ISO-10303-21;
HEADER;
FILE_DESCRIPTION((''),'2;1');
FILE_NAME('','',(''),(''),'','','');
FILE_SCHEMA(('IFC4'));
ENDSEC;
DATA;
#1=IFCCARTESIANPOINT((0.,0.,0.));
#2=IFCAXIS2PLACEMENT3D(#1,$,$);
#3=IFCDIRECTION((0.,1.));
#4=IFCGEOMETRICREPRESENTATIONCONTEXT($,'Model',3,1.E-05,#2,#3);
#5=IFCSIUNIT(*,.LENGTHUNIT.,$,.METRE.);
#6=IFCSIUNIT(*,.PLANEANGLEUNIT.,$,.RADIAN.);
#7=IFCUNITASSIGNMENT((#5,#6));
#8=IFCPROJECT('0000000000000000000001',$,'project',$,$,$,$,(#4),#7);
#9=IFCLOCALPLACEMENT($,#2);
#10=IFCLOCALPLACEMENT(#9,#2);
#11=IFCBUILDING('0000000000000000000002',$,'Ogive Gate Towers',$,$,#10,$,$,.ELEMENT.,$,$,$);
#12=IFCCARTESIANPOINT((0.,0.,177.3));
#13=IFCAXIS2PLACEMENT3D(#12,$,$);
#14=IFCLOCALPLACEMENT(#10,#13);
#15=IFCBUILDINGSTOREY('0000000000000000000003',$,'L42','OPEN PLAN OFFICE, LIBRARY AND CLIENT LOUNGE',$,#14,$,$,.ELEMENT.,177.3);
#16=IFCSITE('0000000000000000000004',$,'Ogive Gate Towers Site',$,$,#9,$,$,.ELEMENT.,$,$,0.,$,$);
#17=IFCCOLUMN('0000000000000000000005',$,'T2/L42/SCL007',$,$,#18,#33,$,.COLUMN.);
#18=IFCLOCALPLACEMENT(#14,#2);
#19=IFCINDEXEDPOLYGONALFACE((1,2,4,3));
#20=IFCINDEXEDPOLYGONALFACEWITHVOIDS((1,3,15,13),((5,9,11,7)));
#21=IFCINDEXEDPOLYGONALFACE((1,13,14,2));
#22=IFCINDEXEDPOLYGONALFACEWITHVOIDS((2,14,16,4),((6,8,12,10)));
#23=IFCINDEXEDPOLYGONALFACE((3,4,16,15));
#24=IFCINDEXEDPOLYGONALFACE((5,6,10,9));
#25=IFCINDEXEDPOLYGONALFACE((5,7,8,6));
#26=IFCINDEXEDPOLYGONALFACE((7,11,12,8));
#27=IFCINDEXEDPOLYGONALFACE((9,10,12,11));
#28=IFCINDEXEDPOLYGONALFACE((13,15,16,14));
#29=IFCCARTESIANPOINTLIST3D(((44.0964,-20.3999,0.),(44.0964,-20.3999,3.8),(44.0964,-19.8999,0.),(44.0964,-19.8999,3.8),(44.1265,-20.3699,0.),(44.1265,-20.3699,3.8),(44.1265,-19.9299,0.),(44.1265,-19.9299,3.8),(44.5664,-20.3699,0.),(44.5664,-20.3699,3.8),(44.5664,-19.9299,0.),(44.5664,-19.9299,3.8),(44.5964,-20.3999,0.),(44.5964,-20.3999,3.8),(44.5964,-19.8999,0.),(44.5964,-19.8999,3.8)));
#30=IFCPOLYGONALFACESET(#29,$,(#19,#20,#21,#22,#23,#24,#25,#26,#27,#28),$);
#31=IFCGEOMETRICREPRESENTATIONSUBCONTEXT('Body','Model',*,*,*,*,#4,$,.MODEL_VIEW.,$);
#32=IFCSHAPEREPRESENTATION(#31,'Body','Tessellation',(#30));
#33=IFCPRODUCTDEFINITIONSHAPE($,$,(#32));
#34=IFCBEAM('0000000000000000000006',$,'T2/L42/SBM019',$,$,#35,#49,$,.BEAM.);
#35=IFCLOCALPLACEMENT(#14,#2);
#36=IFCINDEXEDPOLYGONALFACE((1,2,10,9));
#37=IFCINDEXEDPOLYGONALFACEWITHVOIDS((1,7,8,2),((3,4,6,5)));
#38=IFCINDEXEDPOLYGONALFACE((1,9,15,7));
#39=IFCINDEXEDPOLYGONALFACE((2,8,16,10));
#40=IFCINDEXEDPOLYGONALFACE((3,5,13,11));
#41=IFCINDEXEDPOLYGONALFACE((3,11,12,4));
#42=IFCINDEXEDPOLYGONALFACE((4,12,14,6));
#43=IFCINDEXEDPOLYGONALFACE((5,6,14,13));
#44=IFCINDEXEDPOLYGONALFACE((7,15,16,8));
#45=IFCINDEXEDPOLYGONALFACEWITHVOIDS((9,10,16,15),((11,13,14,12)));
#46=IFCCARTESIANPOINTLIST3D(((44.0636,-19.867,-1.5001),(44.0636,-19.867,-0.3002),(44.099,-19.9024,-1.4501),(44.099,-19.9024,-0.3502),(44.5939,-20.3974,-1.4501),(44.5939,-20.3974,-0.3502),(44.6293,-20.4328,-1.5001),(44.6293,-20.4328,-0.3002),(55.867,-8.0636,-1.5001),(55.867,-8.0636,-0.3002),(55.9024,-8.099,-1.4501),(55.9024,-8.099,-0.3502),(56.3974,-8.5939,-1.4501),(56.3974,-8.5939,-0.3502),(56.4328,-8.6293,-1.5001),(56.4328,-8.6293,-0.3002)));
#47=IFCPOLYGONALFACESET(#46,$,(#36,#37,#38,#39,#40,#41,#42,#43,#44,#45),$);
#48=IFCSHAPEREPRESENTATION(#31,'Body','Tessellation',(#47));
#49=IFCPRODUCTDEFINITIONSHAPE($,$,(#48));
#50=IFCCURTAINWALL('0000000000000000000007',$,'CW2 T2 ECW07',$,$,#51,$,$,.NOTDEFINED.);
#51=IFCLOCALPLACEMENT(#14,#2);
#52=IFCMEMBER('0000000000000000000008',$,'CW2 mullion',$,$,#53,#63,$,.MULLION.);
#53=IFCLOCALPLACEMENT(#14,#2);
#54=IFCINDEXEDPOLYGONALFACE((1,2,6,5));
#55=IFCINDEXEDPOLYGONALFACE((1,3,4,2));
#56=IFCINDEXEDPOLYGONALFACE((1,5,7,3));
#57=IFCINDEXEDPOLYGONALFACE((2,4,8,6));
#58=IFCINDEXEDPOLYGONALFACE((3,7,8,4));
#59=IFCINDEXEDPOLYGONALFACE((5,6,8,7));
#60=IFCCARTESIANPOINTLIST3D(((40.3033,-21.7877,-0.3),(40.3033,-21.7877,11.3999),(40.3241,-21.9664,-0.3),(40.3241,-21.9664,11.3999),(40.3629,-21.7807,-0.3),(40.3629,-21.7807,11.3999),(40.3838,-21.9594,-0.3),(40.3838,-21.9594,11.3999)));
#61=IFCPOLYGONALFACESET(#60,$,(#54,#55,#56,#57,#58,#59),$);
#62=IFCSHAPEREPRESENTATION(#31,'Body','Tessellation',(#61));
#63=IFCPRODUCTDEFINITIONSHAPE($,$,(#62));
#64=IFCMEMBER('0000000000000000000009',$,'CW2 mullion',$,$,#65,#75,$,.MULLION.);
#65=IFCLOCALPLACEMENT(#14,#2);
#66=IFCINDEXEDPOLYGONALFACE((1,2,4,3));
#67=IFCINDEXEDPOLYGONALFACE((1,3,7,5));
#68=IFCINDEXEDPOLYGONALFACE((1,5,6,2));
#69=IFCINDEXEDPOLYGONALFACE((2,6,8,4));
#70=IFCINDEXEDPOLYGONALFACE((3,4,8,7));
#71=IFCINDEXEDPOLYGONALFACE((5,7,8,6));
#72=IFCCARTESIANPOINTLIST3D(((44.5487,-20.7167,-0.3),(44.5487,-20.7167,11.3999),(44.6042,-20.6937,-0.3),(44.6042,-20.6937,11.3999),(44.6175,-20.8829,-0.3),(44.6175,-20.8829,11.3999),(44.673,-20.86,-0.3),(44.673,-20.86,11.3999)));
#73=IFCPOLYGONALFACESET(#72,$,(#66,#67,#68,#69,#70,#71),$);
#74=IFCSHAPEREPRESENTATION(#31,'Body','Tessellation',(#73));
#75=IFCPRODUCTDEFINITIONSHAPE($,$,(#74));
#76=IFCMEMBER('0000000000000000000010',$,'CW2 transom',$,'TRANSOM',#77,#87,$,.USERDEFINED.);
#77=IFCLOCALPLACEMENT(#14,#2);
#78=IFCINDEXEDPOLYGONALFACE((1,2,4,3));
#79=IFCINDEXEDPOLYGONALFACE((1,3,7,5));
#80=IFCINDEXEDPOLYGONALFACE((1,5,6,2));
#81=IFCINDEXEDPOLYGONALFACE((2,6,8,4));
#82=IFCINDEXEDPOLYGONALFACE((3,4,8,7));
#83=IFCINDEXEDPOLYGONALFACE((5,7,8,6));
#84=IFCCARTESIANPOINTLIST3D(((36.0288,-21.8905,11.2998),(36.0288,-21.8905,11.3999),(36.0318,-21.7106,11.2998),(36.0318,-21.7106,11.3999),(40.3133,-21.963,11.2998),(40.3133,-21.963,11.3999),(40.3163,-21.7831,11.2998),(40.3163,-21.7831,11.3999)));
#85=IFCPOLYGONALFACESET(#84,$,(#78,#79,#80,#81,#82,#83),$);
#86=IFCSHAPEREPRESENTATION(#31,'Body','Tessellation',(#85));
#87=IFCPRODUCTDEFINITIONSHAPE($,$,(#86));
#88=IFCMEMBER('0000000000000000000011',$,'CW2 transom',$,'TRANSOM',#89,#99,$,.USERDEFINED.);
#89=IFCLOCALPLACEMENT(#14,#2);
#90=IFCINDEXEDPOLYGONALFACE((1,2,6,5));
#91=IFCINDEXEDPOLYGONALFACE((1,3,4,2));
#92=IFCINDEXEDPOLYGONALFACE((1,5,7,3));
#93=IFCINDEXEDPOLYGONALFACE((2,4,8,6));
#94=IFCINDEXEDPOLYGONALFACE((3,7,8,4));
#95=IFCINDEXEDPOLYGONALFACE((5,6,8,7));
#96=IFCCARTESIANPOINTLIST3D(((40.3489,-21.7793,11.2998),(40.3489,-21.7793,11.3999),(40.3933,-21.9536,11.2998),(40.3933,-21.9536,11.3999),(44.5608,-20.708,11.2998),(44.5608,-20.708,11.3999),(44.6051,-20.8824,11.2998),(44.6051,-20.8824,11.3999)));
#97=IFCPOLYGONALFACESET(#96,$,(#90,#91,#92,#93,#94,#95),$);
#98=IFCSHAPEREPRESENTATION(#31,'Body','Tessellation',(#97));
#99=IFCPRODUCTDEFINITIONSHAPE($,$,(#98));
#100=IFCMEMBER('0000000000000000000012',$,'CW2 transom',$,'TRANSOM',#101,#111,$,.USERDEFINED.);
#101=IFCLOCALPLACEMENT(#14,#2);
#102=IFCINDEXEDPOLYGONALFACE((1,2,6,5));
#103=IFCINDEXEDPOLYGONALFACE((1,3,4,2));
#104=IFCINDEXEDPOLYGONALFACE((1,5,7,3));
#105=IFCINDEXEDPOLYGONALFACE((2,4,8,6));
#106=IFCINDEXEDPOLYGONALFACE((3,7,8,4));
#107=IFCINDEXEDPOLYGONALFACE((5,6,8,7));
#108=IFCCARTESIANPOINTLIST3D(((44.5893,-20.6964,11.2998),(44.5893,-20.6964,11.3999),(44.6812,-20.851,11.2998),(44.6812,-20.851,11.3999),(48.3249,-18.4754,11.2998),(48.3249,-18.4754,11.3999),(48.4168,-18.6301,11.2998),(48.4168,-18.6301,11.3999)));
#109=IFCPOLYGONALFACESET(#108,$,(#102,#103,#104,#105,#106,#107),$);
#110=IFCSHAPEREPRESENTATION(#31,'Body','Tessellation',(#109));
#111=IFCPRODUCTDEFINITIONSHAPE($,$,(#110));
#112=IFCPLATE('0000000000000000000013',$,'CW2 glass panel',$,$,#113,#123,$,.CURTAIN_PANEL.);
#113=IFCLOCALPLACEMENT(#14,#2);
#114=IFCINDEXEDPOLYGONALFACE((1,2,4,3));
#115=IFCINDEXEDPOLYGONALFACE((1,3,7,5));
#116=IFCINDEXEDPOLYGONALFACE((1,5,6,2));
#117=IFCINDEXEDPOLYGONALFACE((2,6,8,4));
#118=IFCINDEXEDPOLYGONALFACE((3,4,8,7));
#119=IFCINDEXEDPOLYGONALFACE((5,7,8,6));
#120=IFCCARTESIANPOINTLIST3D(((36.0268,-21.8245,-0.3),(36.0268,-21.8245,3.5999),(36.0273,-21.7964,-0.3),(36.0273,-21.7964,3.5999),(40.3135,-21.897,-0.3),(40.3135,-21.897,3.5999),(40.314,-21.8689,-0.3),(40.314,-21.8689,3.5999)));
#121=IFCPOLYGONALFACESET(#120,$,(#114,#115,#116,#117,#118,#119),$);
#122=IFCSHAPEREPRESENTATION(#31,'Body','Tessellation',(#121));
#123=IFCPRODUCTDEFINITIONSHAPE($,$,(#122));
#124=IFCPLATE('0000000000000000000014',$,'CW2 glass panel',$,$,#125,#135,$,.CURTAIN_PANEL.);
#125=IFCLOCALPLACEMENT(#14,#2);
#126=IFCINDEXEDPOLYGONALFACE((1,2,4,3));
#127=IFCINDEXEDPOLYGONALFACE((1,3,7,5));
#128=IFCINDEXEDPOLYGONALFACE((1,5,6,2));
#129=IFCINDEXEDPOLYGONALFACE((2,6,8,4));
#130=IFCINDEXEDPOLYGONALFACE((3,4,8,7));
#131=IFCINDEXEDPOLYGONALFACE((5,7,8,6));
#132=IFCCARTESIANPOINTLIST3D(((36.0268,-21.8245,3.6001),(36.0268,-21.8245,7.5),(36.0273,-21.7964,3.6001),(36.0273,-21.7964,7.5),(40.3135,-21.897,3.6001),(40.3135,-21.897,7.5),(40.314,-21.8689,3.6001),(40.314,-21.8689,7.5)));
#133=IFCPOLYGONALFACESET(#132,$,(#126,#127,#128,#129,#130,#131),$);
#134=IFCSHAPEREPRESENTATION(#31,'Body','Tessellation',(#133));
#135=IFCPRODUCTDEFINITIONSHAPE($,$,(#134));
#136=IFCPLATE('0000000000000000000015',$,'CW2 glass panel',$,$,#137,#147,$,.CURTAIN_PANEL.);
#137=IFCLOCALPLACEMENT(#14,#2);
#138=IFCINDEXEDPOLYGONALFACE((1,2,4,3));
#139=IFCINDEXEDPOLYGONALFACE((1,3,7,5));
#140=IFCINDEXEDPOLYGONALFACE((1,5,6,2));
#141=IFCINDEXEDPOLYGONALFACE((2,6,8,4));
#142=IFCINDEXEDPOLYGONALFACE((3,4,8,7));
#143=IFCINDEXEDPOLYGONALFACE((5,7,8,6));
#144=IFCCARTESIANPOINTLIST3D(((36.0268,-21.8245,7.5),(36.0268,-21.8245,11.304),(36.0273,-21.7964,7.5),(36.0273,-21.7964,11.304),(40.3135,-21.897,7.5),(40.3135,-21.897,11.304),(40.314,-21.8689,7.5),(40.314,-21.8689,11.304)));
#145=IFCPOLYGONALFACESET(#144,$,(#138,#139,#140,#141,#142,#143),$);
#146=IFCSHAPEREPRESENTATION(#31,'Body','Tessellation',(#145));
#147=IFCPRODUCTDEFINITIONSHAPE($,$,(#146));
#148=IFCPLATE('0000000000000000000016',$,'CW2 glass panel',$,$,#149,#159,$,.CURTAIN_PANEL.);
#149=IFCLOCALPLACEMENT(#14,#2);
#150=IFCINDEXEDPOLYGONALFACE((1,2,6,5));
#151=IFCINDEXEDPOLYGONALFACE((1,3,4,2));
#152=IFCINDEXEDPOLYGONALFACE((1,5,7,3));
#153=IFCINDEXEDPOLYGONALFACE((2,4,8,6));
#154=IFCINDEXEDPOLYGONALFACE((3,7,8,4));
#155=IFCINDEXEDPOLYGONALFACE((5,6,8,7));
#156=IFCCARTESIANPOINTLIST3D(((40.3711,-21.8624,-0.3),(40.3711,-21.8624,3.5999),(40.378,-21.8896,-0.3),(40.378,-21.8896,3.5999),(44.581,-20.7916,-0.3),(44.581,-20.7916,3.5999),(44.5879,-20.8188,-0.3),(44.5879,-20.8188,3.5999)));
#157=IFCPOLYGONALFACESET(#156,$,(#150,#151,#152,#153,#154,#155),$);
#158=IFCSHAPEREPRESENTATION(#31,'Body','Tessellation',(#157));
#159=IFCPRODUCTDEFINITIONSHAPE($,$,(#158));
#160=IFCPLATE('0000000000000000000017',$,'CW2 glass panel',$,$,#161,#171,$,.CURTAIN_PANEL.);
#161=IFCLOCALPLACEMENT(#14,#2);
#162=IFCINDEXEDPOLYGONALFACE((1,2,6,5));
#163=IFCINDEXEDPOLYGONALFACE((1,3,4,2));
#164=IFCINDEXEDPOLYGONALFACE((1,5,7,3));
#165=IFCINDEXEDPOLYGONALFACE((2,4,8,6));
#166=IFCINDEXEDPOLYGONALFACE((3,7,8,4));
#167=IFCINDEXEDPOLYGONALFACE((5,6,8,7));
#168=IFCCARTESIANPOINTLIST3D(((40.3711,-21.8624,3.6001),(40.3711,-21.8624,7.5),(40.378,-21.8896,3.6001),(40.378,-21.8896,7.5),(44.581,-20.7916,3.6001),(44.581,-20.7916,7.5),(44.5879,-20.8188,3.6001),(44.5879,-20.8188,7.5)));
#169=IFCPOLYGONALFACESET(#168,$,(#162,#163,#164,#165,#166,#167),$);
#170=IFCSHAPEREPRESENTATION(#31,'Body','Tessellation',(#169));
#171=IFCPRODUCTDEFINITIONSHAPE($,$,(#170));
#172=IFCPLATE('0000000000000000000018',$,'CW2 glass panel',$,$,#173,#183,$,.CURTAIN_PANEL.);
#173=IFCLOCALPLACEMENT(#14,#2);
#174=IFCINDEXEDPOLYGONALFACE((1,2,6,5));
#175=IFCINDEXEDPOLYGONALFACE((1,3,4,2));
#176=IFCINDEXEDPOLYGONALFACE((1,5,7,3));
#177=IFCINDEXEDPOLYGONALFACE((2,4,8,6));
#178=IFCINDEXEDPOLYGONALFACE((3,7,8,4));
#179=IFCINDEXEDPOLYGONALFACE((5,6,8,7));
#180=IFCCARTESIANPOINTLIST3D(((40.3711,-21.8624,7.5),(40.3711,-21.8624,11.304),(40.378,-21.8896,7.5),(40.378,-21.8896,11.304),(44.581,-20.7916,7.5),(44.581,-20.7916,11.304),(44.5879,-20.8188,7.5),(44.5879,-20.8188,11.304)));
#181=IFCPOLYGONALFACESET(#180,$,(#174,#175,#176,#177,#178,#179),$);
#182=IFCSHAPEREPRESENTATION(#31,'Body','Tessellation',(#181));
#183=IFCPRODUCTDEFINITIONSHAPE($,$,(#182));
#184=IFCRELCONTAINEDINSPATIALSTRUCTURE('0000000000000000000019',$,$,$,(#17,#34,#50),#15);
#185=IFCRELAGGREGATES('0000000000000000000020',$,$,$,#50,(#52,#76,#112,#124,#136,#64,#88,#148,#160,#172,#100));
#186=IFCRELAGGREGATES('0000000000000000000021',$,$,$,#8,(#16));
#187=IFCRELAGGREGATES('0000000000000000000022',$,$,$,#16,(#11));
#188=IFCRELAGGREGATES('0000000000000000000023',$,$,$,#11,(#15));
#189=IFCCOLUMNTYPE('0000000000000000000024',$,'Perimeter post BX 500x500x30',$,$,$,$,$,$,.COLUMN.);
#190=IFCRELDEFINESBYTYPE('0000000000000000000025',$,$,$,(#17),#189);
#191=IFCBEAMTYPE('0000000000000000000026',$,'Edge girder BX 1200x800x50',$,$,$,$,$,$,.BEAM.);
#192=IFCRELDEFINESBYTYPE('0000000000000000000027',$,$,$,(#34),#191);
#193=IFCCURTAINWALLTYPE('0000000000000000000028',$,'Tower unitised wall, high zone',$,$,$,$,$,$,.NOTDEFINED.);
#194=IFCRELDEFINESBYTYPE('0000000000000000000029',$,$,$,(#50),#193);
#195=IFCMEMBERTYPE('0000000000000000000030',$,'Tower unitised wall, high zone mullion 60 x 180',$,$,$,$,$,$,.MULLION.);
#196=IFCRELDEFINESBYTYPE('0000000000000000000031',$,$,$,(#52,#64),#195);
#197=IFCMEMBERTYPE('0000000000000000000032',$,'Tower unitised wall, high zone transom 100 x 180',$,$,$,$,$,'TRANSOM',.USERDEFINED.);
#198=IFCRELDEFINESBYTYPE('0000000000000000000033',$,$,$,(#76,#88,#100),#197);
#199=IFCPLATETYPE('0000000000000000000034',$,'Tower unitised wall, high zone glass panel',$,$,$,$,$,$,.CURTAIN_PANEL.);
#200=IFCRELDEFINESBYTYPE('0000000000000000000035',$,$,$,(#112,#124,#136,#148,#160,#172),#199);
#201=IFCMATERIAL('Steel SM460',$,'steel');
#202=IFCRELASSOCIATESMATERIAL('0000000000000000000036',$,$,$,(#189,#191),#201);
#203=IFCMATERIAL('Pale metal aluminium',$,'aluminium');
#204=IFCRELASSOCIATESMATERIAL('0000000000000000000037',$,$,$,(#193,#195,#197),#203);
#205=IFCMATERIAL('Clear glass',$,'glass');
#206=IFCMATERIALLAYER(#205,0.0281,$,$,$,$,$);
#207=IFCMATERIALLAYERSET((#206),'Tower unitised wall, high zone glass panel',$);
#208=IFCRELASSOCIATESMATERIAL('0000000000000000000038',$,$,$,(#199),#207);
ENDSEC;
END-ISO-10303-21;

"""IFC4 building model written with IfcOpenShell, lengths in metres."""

from ifc_helpers import new_model, si_unit, direction, frame, origin, origin_2d, place, context, subcontext, project, spatial, rectangle, hollow_rectangle, extrude, material, layer, layer_set, material_profile, profile_set, type_object, element, aggregate, save


model = new_model("IFC4")

# Units and contexts
model_context = context("Model", 3, precision=1e-05, world=origin(), true_north=direction((0.0, 1.0)))
body_context = subcontext(model_context, "Body", "Model", "MODEL_VIEW")
ifc_project = project(units=[si_unit("LENGTHUNIT", "METRE"), si_unit("PLANEANGLEUNIT", "RADIAN")], contexts=[model_context])

# Site, building, storey
site_placement = place(None, origin())
site = spatial("IfcSite", under=ifc_project, at=site_placement, Name="Ogive Gate Towers Site", CompositionType="ELEMENT", RefElevation=0.0)
building_placement = place(site_placement, origin())
building = spatial("IfcBuilding", under=site, at=building_placement, Name="Ogive Gate Towers", CompositionType="ELEMENT")
storey_placement = place(building_placement, frame((0.0, 0.0, 177.3)))
storey = spatial("IfcBuildingStorey", under=building, at=storey_placement, Name="L42", Description="OPEN PLAN OFFICE, LIBRARY AND CLIENT LOUNGE", CompositionType="ELEMENT", Elevation=177.3)

# Column
ifc_material_1 = material(Name="Steel SM460", Category="steel")
ifc_material_profile_1 = material_profile(ifc_material_1, hollow_rectangle(XDim=0.5, YDim=0.5, WallThickness=0.03, at=origin_2d()), Name="BX 500x500x30")
ifc_profile_set_1 = profile_set([ifc_material_profile_1], Name="Steel SM460")
column_type = type_object("IfcColumnType", Name="Perimeter post BX 500x500x30", PredefinedType="COLUMN", material=ifc_profile_set_1)
column_placement = place(storey_placement, frame((44.3464, -20.1499, 0.0), z_axis=(0.0, 0.0, 1.0), x_axis=(1.0, 0.0, 0.0)))
element("IfcColumn", 1, at=column_placement, inside=storey, type_object=column_type, Name="T2/L42/SCL007", PredefinedType="COLUMN", context=body_context, shape_type="SweptSolid", body=[
    extrude(hollow_rectangle(XDim=0.5, YDim=0.5, WallThickness=0.03, at=origin_2d()), origin(), (0.0, 0.0, 1.0), 3.8),
])

# Beam
ifc_material_profile_2 = material_profile(ifc_material_1, hollow_rectangle(XDim=0.8, YDim=1.2, WallThickness=0.05, at=origin_2d()), Name="BX 1200x800x50")
ifc_profile_set_2 = profile_set([ifc_material_profile_2], Name="Steel SM460")
beam_type = type_object("IfcBeamType", Name="Edge girder BX 1200x800x50", PredefinedType="BEAM", material=ifc_profile_set_2)
beam_placement = place(storey_placement, frame((44.3464, -20.1499, -0.9001), z_axis=(0.707107, 0.707107, 0.0), x_axis=(-0.707107, 0.707107, 0.0)))
element("IfcBeam", 2, at=beam_placement, inside=storey, type_object=beam_type, Name="T2/L42/SBM019", PredefinedType="BEAM", context=body_context, shape_type="SweptSolid", body=[
    extrude(hollow_rectangle(XDim=0.8, YDim=1.2, WallThickness=0.05, at=origin_2d()), origin(), (0.0, 0.0, 1.0), 16.6926),
])

# Curtain wall, members, plates
ifc_material_2 = material(Name="Pale metal aluminium", Category="aluminium")
curtain_wall_type = type_object("IfcCurtainWallType", Name="Tower unitised wall, high zone", PredefinedType="NOTDEFINED", material=ifc_material_2)
curtain_wall_placement = place(storey_placement, origin())
curtain_wall = element("IfcCurtainWall", 3, at=curtain_wall_placement, inside=storey, type_object=curtain_wall_type, Name="CW2 T2 ECW07", PredefinedType="NOTDEFINED")
ifc_material_profile_3 = material_profile(ifc_material_2, rectangle(XDim=0.1799, YDim=0.0601, at=origin_2d()), Name="60 x 180 aluminium box")
ifc_profile_set_3 = profile_set([ifc_material_profile_3], Name="Pale metal aluminium")
member_type_1 = type_object("IfcMemberType", Name="Tower unitised wall, high zone mullion 60 x 180", PredefinedType="MULLION", material=ifc_profile_set_3)
member_1_placement = place(storey_placement, frame((40.3435, -21.8735, -0.3), z_axis=(0.0, 0.0, 1.0), x_axis=(0.115804, -0.993272, 0.0)))
member_1 = element("IfcMember", 4, at=member_1_placement, type_object=member_type_1, Name="CW2 mullion", PredefinedType="MULLION", context=body_context, shape_type="SweptSolid", body=[
    extrude(rectangle(XDim=0.1799, YDim=0.0601, at=origin_2d()), origin(), (0.0, 0.0, 1.0), 11.7),
])
member_2_placement = place(storey_placement, frame((44.6108, -20.7883, -0.3), z_axis=(0.0, 0.0, 1.0), x_axis=(0.382683, -0.92388, 0.0)))
member_2 = element("IfcMember", 5, at=member_2_placement, type_object=member_type_1, Name="CW2 mullion", PredefinedType="MULLION", context=body_context, shape_type="SweptSolid", body=[
    extrude(rectangle(XDim=0.1799, YDim=0.0601, at=origin_2d()), origin(), (0.0, 0.0, 1.0), 11.7),
])
ifc_material_profile_4 = material_profile(ifc_material_2, rectangle(XDim=0.1799, YDim=0.1001, at=origin_2d()), Name="100 x 180 aluminium box")
ifc_profile_set_4 = profile_set([ifc_material_profile_4], Name="Pale metal aluminium")
member_type_2 = type_object("IfcMemberType", Name="Tower unitised wall, high zone transom 100 x 180", ElementType="TRANSOM", PredefinedType="USERDEFINED", material=ifc_profile_set_4)
member_3_placement = place(storey_placement, frame((36.0303, -21.8005, 11.3499), z_axis=(0.999857, -0.016922, 0.0), x_axis=(0.016922, 0.999857, 0.0)))
member_3 = element("IfcMember", 6, at=member_3_placement, type_object=member_type_2, Name="CW2 transom", ObjectType="TRANSOM", PredefinedType="USERDEFINED", context=body_context, shape_type="SweptSolid", body=[
    extrude(rectangle(XDim=0.1799, YDim=0.1001, at=origin_2d()), origin(), (0.0, 0.0, 1.0), 4.2852),
])
member_4_placement = place(storey_placement, frame((40.3711, -21.8665, 11.3499), z_axis=(0.969143, 0.246499, 0.0), x_axis=(-0.246499, 0.969143, 0.0)))
member_4 = element("IfcMember", 7, at=member_4_placement, type_object=member_type_2, Name="CW2 transom", ObjectType="TRANSOM", PredefinedType="USERDEFINED", context=body_context, shape_type="SweptSolid", body=[
    extrude(rectangle(XDim=0.1799, YDim=0.1001, at=origin_2d()), origin(), (0.0, 0.0, 1.0), 4.3459),
])
member_5_placement = place(storey_placement, frame((44.6353, -20.7737, 11.3499), z_axis=(0.859558, 0.511038, 0.0), x_axis=(-0.511038, 0.859558, 0.0)))
member_5 = element("IfcMember", 8, at=member_5_placement, type_object=member_type_2, Name="CW2 transom", ObjectType="TRANSOM", PredefinedType="USERDEFINED", context=body_context, shape_type="SweptSolid", body=[
    extrude(rectangle(XDim=0.1799, YDim=0.1001, at=origin_2d()), origin(), (0.0, 0.0, 1.0), 4.3459),
])
ifc_material_3 = material(Name="Clear glass", Category="glass")
ifc_layer_1 = layer(ifc_material_3, 0.0281)
ifc_layer_set_1 = layer_set([ifc_layer_1], Name="Tower unitised wall, high zone glass panel")
plate_type = type_object("IfcPlateType", Name="Tower unitised wall, high zone glass panel", PredefinedType="CURTAIN_PANEL", material=ifc_layer_set_1)
plate_1_placement = place(storey_placement, frame((38.1704, -21.8467, -0.3), z_axis=(0.0, 0.0, 1.0), x_axis=(0.999857, -0.016911, 0.0)))
plate_1 = element("IfcPlate", 9, at=plate_1_placement, type_object=plate_type, Name="CW2 glass panel", PredefinedType="CURTAIN_PANEL", context=body_context, shape_type="SweptSolid", body=[
    extrude(rectangle(XDim=4.2874, YDim=0.0281, at=origin_2d()), origin(), (0.0, 0.0, 1.0), 3.8999),
])
plate_2_placement = place(storey_placement, frame((38.1704, -21.8467, 3.6001), z_axis=(0.0, 0.0, 1.0), x_axis=(0.999857, -0.016911, 0.0)))
plate_2 = element("IfcPlate", 10, at=plate_2_placement, type_object=plate_type, Name="CW2 glass panel", PredefinedType="CURTAIN_PANEL", context=body_context, shape_type="SweptSolid", body=[
    extrude(rectangle(XDim=4.2874, YDim=0.0281, at=origin_2d()), origin(), (0.0, 0.0, 1.0), 3.8999),
])
plate_3_placement = place(storey_placement, frame((38.1704, -21.8467, 7.5), z_axis=(0.0, 0.0, 1.0), x_axis=(0.999857, -0.016911, 0.0)))
plate_3 = element("IfcPlate", 11, at=plate_3_placement, type_object=plate_type, Name="CW2 glass panel", PredefinedType="CURTAIN_PANEL", context=body_context, shape_type="SweptSolid", body=[
    extrude(rectangle(XDim=4.2874, YDim=0.0281, at=origin_2d()), origin(), (0.0, 0.0, 1.0), 3.804),
])
plate_4_placement = place(storey_placement, frame((42.4795, -21.3406, -0.3), z_axis=(0.0, 0.0, 1.0), x_axis=(0.969145, 0.246492, 0.0)))
plate_4 = element("IfcPlate", 12, at=plate_4_placement, type_object=plate_type, Name="CW2 glass panel", PredefinedType="CURTAIN_PANEL", context=body_context, shape_type="SweptSolid", body=[
    extrude(rectangle(XDim=4.344, YDim=0.0281, at=origin_2d()), origin(), (0.0, 0.0, 1.0), 3.8999),
])
plate_5_placement = place(storey_placement, frame((42.4795, -21.3406, 3.6001), z_axis=(0.0, 0.0, 1.0), x_axis=(0.969145, 0.246492, 0.0)))
plate_5 = element("IfcPlate", 13, at=plate_5_placement, type_object=plate_type, Name="CW2 glass panel", PredefinedType="CURTAIN_PANEL", context=body_context, shape_type="SweptSolid", body=[
    extrude(rectangle(XDim=4.344, YDim=0.0281, at=origin_2d()), origin(), (0.0, 0.0, 1.0), 3.8999),
])
plate_6_placement = place(storey_placement, frame((42.4795, -21.3406, 7.5), z_axis=(0.0, 0.0, 1.0), x_axis=(0.969145, 0.246492, 0.0)))
plate_6 = element("IfcPlate", 14, at=plate_6_placement, type_object=plate_type, Name="CW2 glass panel", PredefinedType="CURTAIN_PANEL", context=body_context, shape_type="SweptSolid", body=[
    extrude(rectangle(XDim=4.344, YDim=0.0281, at=origin_2d()), origin(), (0.0, 0.0, 1.0), 3.804),
])
aggregate(curtain_wall, [member_1, member_3, plate_1, plate_2, plate_3, member_2, member_4, plate_4, plate_5, plate_6, member_5])

save(model, "model.ifc")
